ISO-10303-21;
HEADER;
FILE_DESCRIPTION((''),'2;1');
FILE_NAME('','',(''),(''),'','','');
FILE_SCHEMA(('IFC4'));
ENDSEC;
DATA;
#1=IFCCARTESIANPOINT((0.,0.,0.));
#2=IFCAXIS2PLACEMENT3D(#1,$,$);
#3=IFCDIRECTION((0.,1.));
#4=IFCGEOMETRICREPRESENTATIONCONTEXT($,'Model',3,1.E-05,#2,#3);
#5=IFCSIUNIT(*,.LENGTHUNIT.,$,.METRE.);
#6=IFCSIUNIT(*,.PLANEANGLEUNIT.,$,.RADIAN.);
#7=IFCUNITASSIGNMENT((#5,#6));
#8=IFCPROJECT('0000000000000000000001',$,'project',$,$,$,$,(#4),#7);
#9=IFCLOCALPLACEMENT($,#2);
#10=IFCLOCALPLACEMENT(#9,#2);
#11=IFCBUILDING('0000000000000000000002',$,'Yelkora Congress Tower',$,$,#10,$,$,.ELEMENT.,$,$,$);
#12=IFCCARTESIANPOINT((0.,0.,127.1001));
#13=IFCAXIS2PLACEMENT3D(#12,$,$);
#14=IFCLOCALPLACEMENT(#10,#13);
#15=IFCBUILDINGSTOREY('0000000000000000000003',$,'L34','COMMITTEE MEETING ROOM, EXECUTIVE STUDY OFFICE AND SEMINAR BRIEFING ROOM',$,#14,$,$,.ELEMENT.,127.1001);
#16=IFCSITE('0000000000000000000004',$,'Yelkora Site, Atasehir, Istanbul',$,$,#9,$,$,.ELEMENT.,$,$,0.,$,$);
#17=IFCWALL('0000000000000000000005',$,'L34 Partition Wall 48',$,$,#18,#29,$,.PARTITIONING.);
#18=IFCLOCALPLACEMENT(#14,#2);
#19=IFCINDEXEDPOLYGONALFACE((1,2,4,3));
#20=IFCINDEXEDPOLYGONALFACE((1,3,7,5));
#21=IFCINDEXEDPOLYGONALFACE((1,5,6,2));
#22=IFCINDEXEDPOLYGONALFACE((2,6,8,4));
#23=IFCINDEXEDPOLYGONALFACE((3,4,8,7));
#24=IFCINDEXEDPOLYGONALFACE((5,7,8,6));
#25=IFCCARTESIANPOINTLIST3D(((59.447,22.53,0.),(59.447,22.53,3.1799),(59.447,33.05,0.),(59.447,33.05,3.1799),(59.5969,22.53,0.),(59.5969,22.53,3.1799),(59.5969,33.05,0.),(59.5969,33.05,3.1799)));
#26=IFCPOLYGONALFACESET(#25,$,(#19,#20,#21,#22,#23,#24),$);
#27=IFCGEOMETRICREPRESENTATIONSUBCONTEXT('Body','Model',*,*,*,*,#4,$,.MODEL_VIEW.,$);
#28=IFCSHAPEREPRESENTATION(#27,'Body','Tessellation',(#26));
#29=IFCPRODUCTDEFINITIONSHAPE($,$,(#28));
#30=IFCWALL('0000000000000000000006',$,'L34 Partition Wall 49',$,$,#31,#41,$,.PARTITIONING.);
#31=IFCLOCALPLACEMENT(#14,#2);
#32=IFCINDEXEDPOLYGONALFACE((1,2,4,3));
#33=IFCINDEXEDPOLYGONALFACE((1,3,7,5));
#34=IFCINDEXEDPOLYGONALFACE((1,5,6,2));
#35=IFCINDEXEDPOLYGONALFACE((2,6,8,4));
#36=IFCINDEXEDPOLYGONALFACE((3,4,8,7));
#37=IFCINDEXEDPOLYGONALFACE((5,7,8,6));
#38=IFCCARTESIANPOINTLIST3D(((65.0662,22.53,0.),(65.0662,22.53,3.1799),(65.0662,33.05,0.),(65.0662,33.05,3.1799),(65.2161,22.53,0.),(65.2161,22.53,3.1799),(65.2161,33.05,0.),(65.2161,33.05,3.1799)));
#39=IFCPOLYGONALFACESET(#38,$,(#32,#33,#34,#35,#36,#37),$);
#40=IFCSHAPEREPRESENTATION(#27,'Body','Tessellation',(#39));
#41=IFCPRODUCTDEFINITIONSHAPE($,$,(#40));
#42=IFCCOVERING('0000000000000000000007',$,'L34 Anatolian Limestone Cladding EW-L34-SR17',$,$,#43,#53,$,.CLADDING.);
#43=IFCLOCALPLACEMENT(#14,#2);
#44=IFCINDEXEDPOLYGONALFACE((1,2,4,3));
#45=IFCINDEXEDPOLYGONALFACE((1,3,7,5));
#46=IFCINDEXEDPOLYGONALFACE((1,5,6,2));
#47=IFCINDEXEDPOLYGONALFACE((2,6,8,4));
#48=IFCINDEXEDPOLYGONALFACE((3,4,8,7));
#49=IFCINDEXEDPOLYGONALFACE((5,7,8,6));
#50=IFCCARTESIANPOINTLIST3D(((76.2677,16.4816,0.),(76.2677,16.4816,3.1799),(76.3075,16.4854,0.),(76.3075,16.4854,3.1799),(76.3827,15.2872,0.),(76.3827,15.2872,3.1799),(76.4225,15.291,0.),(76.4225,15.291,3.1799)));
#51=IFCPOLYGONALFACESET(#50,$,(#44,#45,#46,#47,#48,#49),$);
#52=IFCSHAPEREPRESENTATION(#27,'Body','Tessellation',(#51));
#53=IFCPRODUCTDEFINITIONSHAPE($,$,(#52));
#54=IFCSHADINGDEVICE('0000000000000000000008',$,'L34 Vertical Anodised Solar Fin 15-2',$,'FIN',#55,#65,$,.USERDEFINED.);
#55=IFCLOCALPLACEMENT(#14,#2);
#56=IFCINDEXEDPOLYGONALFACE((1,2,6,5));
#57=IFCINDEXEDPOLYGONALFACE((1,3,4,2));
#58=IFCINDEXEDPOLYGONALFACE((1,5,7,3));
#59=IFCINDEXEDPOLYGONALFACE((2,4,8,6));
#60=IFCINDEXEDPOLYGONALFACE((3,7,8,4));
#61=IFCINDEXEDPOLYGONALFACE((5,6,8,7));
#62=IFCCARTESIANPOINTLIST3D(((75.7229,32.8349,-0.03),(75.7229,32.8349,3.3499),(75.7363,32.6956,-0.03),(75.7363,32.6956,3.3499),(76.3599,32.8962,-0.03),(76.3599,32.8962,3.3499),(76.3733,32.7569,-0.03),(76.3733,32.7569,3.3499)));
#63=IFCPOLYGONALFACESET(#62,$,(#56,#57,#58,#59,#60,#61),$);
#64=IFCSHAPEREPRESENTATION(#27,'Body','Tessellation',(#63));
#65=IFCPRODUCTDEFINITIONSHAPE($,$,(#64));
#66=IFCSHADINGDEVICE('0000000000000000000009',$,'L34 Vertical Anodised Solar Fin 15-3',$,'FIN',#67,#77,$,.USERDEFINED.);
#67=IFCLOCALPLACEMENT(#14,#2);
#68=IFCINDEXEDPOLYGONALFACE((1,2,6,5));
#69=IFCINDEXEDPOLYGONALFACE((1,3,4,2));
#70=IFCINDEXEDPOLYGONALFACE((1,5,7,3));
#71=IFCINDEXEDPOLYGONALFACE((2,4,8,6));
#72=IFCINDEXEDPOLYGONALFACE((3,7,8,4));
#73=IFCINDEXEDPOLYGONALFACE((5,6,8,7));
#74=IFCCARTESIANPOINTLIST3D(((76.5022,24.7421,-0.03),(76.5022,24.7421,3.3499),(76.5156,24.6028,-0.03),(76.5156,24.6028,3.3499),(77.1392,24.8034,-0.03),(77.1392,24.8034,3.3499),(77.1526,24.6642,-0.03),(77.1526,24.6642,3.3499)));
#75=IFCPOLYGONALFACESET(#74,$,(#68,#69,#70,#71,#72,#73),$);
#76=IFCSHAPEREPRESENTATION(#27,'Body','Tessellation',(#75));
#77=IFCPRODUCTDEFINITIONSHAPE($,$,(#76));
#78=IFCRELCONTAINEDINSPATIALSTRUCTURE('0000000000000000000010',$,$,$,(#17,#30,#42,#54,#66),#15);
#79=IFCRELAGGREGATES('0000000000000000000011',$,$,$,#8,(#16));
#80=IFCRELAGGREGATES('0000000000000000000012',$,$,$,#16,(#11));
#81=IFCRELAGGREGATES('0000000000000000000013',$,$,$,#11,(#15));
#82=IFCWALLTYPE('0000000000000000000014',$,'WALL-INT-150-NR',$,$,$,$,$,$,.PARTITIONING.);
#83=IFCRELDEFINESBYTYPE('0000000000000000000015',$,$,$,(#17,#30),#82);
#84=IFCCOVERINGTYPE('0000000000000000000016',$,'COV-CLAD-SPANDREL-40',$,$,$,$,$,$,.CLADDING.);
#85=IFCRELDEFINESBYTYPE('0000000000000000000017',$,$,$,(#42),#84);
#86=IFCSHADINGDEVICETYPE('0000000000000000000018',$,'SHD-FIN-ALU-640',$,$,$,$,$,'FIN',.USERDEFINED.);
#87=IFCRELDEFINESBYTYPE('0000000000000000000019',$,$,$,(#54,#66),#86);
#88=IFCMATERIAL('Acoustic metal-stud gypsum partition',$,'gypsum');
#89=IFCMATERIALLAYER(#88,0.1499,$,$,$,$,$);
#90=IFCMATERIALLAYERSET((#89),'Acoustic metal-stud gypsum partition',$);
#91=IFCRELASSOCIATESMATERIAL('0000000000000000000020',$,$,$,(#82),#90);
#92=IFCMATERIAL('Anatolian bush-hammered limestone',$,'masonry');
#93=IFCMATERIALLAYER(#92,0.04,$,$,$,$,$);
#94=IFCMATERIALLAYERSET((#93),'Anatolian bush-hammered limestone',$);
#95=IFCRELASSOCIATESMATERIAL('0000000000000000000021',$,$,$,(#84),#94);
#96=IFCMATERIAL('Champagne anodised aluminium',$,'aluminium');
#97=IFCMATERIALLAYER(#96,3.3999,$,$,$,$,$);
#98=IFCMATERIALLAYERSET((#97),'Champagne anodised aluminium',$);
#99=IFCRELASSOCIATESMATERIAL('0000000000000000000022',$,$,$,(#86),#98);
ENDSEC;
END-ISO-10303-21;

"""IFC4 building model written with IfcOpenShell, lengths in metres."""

from ifc_helpers import new_model, si_unit, direction, frame, frame_2d, origin, origin_2d, place, context, subcontext, project, spatial, rectangle, extrude, material, layer, layer_set, type_object, element, save


model = new_model("IFC4")

# Units and contexts
model_context = context("Model", 3, precision=1e-05, world=origin(), true_north=direction((0.0, 1.0)))
body_context = subcontext(model_context, "Body", "Model", "MODEL_VIEW")
ifc_project = project(units=[si_unit("LENGTHUNIT", "METRE"), si_unit("PLANEANGLEUNIT", "RADIAN")], contexts=[model_context])

# Site, building, storey
site_placement = place(None, origin())
site = spatial("IfcSite", under=ifc_project, at=site_placement, Name="Yelkora Site, Atasehir, Istanbul", CompositionType="ELEMENT", RefElevation=0.0)
building_placement = place(site_placement, origin())
building = spatial("IfcBuilding", under=site, at=building_placement, Name="Yelkora Congress Tower", CompositionType="ELEMENT")
storey_placement = place(building_placement, frame((0.0, 0.0, 127.1001)))
storey = spatial("IfcBuildingStorey", under=building, at=storey_placement, Name="L34", Description="COMMITTEE MEETING ROOM, EXECUTIVE STUDY OFFICE AND SEMINAR BRIEFING ROOM", CompositionType="ELEMENT", Elevation=127.1001)

# Shared definitions
ifc_material_1 = material(Name="Acoustic metal-stud gypsum partition", Category="gypsum")
ifc_layer_1 = layer(ifc_material_1, 0.1499)
ifc_layer_set_1 = layer_set([ifc_layer_1], Name="Acoustic metal-stud gypsum partition")
wall_type_1 = type_object("IfcWallType", Name="WALL-INT-150-NR", PredefinedType="PARTITIONING", material=ifc_layer_set_1)

# Walls
for number, where, z_axis, x_axis, name in (
    (1, (59.522, 22.53, 0.0), (0.0, 0.0, 1.0), (0.0, 1.0, 0.0), "L34 Partition Wall 48"),
    (2, (65.1411, 22.53, 0.0), (0.0, 0.0, 1.0), (0.0, 1.0, 0.0), "L34 Partition Wall 49"),
):
    element("IfcWall", number, at=place(storey_placement, frame(where, z_axis=z_axis, x_axis=x_axis)), inside=storey, type_object=wall_type_1, Name=name, PredefinedType="PARTITIONING", context=body_context, shape_type="SweptSolid", body=[
        extrude(rectangle(XDim=10.52, YDim=0.1499, at=frame_2d((5.26, 0.0))), origin(), (0.0, 0.0, 1.0), 3.1799),
    ])

# Covering
ifc_material_2 = material(Name="Anatolian bush-hammered limestone", Category="masonry")
ifc_layer_2 = layer(ifc_material_2, 0.04)
ifc_layer_set_2 = layer_set([ifc_layer_2], Name="Anatolian bush-hammered limestone")
covering_type = type_object("IfcCoveringType", Name="COV-CLAD-SPANDREL-40", PredefinedType="CLADDING", material=ifc_layer_set_2)
covering_placement = place(storey_placement, frame((76.2876, 16.4836, 0.0), z_axis=(0.0, 0.0, 1.0), x_axis=(0.095836, -0.995397, 0.0)))
element("IfcCovering", 3, at=covering_placement, inside=storey, type_object=covering_type, Name="L34 Anatolian Limestone Cladding EW-L34-SR17", PredefinedType="CLADDING", context=body_context, shape_type="SweptSolid", body=[
    extrude(rectangle(XDim=1.2, YDim=0.04, at=frame_2d((0.6001, 0.0))), origin(), (0.0, 0.0, 1.0), 3.1799),
])

# Shading devices
ifc_material_3 = material(Name="Champagne anodised aluminium", Category="aluminium")
ifc_layer_3 = layer(ifc_material_3, 3.3999)
ifc_layer_set_3 = layer_set([ifc_layer_3], Name="Champagne anodised aluminium")
shading_device_type = type_object("IfcShadingDeviceType", Name="SHD-FIN-ALU-640", ElementType="FIN", PredefinedType="USERDEFINED", material=ifc_layer_set_3)
for number, where, z_axis, x_axis, name in (
    (4, (76.0481, 32.7959, -0.03), (0.0, 0.0, 1.0), (0.095846, -0.995396, 0.0), "L34 Vertical Anodised Solar Fin 15-2"),
    (5, (76.8274, 24.7031, -0.03), (0.0, 0.0, 1.0), (0.095846, -0.995396, 0.0), "L34 Vertical Anodised Solar Fin 15-3"),
):
    element("IfcShadingDevice", number, at=place(storey_placement, frame(where, z_axis=z_axis, x_axis=x_axis)), inside=storey, type_object=shading_device_type, Name=name, ObjectType="FIN", PredefinedType="USERDEFINED", context=body_context, shape_type="SweptSolid", body=[
        extrude(rectangle(XDim=0.1399, YDim=0.6399, at=origin_2d()), origin(), (0.0, 0.0, 1.0), 3.3799),
    ])

save(model, "model.ifc")
